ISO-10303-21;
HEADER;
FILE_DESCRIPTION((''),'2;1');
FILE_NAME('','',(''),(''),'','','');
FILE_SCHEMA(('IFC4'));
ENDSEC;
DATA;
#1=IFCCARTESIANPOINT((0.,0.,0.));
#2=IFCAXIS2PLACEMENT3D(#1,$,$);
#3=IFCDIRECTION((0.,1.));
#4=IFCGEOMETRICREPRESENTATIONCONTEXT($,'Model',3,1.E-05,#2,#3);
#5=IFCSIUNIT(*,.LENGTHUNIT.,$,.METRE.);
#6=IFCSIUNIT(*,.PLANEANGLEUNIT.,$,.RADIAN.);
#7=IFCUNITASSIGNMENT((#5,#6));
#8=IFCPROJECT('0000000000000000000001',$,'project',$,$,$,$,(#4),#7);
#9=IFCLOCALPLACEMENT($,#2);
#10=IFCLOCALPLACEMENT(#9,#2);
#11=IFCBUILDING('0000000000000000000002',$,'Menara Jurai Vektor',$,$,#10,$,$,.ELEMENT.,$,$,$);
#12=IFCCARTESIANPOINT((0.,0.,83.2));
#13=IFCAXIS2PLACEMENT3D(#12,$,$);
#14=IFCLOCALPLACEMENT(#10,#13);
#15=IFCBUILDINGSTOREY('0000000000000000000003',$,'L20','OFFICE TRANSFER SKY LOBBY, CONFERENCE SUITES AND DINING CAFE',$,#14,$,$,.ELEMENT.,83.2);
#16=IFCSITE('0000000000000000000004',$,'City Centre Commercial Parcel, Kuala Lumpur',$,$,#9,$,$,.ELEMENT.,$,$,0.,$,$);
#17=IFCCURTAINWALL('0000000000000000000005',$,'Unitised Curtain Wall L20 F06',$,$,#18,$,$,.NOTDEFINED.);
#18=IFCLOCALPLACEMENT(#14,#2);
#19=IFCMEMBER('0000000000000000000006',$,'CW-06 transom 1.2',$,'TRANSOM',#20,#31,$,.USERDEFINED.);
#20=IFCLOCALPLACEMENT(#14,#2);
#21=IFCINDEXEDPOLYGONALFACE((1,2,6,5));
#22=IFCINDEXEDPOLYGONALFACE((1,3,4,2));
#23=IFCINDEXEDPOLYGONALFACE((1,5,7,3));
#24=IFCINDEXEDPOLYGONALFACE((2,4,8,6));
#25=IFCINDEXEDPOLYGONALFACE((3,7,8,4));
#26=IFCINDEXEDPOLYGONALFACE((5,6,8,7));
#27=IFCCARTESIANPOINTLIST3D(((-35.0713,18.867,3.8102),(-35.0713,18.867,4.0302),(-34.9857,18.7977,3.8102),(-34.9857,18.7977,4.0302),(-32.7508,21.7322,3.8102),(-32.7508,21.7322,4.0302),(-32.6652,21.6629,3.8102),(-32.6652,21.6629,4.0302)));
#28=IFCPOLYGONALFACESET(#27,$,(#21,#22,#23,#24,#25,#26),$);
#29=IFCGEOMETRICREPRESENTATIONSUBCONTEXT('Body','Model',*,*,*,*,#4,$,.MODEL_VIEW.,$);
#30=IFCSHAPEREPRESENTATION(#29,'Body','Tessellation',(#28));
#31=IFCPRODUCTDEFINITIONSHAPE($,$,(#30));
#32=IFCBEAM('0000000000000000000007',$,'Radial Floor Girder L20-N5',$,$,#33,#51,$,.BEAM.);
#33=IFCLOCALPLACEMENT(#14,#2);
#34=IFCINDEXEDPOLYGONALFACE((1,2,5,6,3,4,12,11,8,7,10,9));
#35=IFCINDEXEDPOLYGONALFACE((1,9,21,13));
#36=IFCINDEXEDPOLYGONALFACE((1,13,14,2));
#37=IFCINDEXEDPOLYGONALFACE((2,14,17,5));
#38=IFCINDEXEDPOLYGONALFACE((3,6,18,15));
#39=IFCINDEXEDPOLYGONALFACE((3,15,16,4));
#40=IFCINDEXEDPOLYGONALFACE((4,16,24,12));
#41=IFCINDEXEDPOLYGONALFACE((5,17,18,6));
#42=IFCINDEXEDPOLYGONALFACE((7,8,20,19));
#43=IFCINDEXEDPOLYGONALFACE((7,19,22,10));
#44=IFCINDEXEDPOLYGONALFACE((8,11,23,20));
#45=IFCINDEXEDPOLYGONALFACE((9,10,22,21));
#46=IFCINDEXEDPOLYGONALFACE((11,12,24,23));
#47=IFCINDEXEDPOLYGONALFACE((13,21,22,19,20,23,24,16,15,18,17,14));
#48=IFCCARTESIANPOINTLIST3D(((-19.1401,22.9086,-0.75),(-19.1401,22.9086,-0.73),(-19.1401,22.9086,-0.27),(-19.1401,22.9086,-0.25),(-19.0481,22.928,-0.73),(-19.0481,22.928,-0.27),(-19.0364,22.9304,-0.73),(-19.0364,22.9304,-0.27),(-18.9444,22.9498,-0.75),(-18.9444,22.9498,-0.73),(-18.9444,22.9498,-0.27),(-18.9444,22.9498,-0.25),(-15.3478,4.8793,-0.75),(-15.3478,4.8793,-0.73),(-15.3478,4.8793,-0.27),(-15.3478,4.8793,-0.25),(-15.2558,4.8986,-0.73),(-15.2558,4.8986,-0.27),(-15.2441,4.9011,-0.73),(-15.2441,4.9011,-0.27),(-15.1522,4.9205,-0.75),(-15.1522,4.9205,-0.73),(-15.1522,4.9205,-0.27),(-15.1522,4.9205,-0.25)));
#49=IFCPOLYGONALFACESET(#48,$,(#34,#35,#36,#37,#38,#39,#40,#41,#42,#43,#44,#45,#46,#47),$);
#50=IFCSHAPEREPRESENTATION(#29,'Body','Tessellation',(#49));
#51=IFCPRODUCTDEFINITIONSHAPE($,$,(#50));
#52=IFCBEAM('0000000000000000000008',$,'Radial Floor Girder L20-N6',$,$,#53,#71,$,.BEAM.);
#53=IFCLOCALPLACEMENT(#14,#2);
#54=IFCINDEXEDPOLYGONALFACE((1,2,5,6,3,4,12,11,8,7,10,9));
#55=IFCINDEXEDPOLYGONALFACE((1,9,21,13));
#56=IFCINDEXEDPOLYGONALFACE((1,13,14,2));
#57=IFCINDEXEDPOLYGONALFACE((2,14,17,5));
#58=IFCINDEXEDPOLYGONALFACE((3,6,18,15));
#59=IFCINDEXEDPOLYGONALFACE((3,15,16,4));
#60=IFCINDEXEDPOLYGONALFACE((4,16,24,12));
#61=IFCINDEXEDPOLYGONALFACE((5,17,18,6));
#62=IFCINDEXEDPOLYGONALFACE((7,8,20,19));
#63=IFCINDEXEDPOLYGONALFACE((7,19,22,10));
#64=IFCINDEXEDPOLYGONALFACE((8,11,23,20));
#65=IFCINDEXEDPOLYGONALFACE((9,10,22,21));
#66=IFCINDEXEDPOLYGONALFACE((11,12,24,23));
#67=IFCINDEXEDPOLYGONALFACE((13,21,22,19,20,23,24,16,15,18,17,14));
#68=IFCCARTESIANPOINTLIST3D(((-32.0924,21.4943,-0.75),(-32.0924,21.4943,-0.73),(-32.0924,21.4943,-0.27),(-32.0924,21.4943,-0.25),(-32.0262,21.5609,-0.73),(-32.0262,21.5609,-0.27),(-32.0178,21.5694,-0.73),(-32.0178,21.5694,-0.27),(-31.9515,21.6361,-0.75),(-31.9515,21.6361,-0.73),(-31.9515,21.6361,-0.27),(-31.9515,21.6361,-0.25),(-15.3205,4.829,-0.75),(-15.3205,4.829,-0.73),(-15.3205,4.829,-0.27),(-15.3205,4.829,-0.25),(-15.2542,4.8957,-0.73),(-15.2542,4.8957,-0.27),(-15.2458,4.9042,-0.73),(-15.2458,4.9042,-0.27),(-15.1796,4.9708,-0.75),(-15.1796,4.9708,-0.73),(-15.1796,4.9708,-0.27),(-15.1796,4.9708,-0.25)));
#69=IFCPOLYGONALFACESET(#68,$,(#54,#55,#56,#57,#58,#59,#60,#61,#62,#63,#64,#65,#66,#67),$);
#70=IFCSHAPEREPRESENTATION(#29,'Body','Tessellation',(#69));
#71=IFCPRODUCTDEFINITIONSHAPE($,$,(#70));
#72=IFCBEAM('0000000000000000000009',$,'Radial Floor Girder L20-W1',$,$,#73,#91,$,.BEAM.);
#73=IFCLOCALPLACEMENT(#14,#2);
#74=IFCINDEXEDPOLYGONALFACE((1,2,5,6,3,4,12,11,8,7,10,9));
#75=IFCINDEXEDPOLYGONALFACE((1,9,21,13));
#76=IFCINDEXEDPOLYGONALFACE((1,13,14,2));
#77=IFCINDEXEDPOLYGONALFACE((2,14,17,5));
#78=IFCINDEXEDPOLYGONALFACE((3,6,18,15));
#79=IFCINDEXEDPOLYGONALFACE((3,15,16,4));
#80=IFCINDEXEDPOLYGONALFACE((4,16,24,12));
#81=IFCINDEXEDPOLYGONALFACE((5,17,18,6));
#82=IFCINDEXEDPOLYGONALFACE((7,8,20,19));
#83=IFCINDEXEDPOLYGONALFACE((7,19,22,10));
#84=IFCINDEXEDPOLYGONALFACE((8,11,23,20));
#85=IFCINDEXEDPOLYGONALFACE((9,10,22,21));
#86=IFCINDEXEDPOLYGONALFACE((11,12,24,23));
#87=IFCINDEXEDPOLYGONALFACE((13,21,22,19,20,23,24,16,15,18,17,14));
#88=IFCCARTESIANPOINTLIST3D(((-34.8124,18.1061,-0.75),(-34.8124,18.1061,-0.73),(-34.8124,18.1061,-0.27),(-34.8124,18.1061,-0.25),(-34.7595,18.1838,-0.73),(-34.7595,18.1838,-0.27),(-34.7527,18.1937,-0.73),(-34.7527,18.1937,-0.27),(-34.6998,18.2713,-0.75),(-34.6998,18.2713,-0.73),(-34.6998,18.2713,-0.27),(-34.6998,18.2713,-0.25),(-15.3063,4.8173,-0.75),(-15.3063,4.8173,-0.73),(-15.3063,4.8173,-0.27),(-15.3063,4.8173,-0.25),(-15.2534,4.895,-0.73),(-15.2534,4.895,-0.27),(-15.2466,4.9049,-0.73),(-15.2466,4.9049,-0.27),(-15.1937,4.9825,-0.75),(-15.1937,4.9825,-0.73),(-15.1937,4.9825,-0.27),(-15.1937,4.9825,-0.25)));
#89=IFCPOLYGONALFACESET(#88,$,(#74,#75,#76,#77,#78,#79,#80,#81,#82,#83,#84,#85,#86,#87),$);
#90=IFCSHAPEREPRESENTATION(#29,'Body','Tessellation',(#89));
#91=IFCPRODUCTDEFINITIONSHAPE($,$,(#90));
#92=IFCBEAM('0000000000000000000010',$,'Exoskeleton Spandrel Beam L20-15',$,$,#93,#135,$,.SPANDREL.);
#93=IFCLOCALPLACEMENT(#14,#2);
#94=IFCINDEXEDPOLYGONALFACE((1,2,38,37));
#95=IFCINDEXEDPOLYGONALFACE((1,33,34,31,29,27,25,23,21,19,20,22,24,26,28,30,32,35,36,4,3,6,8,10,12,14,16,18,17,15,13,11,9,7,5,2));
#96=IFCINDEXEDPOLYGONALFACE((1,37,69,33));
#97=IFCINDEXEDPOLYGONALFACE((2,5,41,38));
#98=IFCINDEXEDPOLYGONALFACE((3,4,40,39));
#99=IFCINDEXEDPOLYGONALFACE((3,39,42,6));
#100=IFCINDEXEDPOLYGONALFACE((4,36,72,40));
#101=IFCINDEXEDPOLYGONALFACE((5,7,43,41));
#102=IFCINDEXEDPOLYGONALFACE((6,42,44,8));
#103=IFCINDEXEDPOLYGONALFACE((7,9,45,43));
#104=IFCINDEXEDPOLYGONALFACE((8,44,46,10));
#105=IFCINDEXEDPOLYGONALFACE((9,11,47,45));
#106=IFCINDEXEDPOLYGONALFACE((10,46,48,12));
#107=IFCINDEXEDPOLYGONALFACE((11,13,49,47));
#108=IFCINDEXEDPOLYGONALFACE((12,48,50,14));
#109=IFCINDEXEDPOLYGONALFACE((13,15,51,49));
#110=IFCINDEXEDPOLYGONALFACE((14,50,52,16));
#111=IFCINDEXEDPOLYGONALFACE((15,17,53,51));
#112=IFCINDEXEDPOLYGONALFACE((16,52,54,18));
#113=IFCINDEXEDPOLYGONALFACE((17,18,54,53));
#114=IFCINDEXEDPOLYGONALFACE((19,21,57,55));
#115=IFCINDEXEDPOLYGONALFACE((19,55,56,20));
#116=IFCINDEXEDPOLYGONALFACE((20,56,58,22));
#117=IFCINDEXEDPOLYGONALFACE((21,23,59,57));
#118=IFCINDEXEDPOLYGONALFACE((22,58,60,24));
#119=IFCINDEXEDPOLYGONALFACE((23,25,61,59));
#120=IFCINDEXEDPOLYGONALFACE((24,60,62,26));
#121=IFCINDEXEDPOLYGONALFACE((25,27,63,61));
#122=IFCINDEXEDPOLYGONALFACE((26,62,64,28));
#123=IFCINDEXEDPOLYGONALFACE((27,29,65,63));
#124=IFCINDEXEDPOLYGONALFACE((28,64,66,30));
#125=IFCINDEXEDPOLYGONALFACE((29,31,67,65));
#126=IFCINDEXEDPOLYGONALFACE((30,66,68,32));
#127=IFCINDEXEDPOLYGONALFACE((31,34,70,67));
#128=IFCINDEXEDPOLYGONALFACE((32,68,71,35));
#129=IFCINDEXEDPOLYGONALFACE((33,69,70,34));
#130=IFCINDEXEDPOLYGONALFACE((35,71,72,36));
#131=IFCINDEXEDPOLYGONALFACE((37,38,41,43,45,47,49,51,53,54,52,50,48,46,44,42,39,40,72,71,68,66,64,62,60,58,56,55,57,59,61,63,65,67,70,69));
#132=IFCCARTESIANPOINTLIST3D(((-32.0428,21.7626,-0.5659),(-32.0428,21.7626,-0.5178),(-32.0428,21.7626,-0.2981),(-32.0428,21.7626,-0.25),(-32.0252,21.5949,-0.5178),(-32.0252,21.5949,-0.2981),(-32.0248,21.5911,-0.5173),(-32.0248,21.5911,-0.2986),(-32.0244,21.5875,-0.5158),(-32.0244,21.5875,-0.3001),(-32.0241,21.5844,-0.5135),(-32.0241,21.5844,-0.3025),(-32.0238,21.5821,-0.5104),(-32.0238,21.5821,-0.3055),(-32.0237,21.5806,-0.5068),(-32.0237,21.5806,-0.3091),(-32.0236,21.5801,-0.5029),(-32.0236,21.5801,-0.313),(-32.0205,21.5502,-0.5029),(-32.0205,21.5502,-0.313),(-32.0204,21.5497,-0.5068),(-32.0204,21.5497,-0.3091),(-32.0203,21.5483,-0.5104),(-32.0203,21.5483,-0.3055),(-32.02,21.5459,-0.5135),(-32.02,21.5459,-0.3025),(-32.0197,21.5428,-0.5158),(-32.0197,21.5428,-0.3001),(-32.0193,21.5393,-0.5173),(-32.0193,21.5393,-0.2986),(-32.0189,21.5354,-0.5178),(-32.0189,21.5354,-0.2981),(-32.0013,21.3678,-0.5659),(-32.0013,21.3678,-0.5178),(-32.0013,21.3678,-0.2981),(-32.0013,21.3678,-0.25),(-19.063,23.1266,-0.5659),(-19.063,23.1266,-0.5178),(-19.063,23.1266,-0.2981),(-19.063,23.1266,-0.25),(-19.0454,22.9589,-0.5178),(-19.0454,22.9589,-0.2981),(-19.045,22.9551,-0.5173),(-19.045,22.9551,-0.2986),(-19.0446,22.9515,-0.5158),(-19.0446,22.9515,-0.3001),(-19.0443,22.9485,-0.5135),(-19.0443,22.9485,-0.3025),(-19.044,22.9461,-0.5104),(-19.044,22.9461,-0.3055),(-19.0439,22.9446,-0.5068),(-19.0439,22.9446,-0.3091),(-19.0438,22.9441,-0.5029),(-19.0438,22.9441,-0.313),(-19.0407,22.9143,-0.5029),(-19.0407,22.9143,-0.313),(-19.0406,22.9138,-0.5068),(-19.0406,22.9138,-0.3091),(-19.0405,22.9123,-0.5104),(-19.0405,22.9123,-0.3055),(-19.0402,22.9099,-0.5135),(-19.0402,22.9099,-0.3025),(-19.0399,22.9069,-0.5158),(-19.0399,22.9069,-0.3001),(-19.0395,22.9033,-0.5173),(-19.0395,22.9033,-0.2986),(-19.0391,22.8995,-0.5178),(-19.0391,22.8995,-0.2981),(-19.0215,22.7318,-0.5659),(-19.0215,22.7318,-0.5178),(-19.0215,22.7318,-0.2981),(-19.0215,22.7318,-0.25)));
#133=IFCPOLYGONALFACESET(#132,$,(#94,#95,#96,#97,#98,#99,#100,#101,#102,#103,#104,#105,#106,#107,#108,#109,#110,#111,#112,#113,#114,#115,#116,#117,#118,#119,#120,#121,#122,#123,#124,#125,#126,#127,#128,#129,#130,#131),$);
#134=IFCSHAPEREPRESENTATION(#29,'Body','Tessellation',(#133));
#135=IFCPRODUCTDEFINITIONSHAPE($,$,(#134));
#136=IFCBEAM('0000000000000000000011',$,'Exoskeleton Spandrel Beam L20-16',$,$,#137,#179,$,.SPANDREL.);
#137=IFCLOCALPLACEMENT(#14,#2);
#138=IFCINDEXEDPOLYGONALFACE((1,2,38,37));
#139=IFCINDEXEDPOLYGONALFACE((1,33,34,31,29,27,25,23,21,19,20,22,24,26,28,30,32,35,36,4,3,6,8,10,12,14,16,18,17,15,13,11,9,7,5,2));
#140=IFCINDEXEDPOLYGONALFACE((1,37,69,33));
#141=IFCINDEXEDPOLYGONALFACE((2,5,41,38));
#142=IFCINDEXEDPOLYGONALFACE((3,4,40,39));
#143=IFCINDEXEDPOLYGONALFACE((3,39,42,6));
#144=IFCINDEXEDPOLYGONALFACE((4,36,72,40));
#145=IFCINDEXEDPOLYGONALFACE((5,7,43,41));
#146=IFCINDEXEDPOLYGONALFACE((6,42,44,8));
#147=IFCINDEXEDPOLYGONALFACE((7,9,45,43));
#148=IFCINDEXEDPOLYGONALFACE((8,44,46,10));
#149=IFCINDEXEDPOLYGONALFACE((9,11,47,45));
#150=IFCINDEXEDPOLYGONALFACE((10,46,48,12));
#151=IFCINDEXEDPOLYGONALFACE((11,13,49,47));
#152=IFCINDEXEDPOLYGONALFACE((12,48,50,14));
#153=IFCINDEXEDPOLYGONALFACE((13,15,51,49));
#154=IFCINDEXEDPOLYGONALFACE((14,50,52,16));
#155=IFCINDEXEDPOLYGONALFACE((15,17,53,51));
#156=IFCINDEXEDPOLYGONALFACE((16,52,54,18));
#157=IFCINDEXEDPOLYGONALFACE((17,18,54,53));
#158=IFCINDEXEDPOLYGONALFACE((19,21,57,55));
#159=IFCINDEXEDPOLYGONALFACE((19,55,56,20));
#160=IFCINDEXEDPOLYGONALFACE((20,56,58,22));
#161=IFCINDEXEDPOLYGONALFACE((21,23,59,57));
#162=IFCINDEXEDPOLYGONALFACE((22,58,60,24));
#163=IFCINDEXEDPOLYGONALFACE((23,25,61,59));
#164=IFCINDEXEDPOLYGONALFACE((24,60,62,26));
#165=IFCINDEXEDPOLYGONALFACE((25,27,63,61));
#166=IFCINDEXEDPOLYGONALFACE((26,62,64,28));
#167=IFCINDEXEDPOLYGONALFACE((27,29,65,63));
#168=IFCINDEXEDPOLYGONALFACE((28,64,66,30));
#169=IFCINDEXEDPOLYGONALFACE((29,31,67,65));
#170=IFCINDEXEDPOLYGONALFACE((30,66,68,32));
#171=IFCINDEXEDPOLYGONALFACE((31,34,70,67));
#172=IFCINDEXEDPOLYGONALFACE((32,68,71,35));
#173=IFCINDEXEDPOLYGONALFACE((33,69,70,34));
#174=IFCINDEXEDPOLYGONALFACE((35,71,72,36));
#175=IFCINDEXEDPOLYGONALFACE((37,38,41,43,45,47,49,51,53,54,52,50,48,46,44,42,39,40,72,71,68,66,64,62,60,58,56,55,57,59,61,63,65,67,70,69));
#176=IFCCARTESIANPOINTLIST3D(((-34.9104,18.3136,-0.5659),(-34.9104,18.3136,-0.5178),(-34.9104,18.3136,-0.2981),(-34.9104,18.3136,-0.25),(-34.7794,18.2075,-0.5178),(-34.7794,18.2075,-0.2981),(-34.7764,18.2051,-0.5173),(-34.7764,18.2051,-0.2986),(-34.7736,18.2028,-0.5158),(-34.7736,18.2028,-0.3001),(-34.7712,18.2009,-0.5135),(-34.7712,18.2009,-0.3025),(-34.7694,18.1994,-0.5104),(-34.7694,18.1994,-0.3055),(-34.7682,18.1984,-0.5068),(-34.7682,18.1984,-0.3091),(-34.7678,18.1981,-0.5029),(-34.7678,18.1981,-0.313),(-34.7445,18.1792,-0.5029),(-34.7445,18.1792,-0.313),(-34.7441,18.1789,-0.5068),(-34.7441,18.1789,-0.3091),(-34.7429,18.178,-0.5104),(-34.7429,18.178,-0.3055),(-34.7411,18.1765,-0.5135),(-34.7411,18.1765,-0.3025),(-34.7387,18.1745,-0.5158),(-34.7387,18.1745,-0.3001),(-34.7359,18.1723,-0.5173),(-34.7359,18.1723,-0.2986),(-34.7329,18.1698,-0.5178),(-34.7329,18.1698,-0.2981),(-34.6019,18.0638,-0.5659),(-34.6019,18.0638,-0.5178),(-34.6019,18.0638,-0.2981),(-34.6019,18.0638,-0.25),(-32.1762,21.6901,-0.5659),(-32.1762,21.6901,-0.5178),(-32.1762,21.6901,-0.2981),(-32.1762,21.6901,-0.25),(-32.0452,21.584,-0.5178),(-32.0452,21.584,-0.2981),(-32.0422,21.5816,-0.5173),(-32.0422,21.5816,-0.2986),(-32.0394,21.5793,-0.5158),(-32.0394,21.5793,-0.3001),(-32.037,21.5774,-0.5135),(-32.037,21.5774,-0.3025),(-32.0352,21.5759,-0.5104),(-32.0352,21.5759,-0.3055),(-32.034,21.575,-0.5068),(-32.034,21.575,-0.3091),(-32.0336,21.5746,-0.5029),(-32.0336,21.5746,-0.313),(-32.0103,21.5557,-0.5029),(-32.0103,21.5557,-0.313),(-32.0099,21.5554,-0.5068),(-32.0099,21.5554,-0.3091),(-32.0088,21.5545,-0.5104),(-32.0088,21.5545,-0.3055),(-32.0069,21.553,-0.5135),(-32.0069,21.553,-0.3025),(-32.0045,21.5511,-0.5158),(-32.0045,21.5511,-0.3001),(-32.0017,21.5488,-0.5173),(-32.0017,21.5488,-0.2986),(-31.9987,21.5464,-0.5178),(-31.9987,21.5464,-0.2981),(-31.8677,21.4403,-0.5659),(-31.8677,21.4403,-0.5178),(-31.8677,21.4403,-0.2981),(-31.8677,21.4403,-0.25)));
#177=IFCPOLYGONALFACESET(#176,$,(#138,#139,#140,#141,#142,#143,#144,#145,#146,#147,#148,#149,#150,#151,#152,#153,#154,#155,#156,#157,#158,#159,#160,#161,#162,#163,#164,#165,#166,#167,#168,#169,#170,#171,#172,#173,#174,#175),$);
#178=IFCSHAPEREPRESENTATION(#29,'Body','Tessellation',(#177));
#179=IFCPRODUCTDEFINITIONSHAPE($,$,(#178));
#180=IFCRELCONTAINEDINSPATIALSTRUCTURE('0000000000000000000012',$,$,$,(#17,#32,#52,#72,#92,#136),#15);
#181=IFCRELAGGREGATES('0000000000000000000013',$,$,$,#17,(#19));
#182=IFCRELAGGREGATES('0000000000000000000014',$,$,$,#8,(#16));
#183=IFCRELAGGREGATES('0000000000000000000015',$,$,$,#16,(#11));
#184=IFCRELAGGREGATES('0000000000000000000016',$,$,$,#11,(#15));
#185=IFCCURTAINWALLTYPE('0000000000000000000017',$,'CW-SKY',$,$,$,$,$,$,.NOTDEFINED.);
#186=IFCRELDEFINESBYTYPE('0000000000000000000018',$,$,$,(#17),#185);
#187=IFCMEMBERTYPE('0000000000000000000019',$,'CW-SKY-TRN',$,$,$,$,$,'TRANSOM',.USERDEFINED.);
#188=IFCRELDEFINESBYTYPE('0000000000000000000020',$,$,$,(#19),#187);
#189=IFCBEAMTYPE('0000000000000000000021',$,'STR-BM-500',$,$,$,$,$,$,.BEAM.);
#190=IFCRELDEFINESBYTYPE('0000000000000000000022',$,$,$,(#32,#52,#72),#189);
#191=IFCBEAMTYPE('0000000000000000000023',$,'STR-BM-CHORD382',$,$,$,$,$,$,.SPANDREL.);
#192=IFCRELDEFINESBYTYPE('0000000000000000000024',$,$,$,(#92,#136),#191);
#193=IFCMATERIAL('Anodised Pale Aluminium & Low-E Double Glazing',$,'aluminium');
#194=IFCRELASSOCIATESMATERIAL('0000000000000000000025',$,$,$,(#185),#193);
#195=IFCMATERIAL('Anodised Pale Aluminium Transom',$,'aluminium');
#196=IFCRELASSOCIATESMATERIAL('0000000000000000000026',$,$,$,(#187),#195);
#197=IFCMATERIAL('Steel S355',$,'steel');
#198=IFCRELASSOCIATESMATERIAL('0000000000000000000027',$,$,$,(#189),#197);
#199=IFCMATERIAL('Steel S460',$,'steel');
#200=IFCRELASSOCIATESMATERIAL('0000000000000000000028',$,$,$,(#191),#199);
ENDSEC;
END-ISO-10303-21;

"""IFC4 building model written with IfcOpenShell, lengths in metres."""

from ifc_helpers import new_model, si_unit, direction, frame, origin, origin_2d, place, context, subcontext, project, spatial, rectangle, i_section, extrude, material, material_profile, profile_set, type_object, element, aggregate, save


model = new_model("IFC4")

# Units and contexts
model_context = context("Model", 3, precision=1e-05, world=origin(), true_north=direction((0.0, 1.0)))
body_context = subcontext(model_context, "Body", "Model", "MODEL_VIEW")
ifc_project = project(units=[si_unit("LENGTHUNIT", "METRE"), si_unit("PLANEANGLEUNIT", "RADIAN")], contexts=[model_context])

# Site, building, storey
site_placement = place(None, origin())
site = spatial("IfcSite", under=ifc_project, at=site_placement, Name="City Centre Commercial Parcel, Kuala Lumpur", CompositionType="ELEMENT", RefElevation=0.0)
building_placement = place(site_placement, origin())
building = spatial("IfcBuilding", under=site, at=building_placement, Name="Menara Jurai Vektor", CompositionType="ELEMENT")
storey_placement = place(building_placement, frame((0.0, 0.0, 83.2)))
storey = spatial("IfcBuildingStorey", under=building, at=storey_placement, Name="L20", Description="OFFICE TRANSFER SKY LOBBY, CONFERENCE SUITES AND DINING CAFE", CompositionType="ELEMENT", Elevation=83.2)

# Shared definitions
ifc_material_1 = material(Name="Steel S460", Category="steel")

# Curtain wall
ifc_material_2 = material(Name="Anodised Pale Aluminium & Low-E Double Glazing", Category="aluminium")
curtain_wall_type = type_object("IfcCurtainWallType", Name="CW-SKY", PredefinedType="NOTDEFINED", material=ifc_material_2)
curtain_wall_1_placement = place(storey_placement, origin())
curtain_wall_1 = element("IfcCurtainWall", 1, at=curtain_wall_1_placement, inside=storey, type_object=curtain_wall_type, Name="Unitised Curtain Wall L20 F06", PredefinedType="NOTDEFINED")

# Member
ifc_material_3 = material(Name="Anodised Pale Aluminium Transom", Category="aluminium")
ifc_material_profile_1 = material_profile(ifc_material_3, rectangle(XDim=0.1101, YDim=0.22, at=origin_2d()), Name="ALU TRN 110x220")
ifc_profile_set_1 = profile_set([ifc_material_profile_1], Name="Anodised Pale Aluminium Transom")
member_type_1 = type_object("IfcMemberType", Name="CW-SKY-TRN", ElementType="TRANSOM", PredefinedType="USERDEFINED", material=ifc_profile_set_1)
member_1_placement = place(storey_placement, frame((-32.708, 21.6975, 3.9202), z_axis=(-0.629375, -0.777101, 0.0), x_axis=(0.777101, -0.629375, 0.0)))
member_1 = element("IfcMember", 2, at=member_1_placement, type_object=member_type_1, Name="CW-06 transom 1.2", ObjectType="TRANSOM", PredefinedType="USERDEFINED", context=body_context, shape_type="SweptSolid", body=[
    extrude(rectangle(XDim=0.1101, YDim=0.22, at=origin_2d()), origin(), (0.0, 0.0, 1.0), 3.687),
])

# Beams
ifc_material_4 = material(Name="Steel S355", Category="steel")
ifc_material_profile_2 = material_profile(ifc_material_4, i_section(OverallWidth=0.2, OverallDepth=0.5, WebThickness=0.012, FlangeThickness=0.02, at=origin_2d()), Name="PG 500x200x96")
ifc_profile_set_2 = profile_set([ifc_material_profile_2], Name="Steel S355")
beam_type_1 = type_object("IfcBeamType", Name="STR-BM-500", PredefinedType="BEAM", material=ifc_profile_set_2)
beam_1_placement = place(storey_placement, frame((-19.0422, 22.9292, -0.5), z_axis=(0.205833, -0.978587, 0.0), x_axis=(0.978587, 0.205833, 0.0)))
element("IfcBeam", 3, at=beam_1_placement, inside=storey, type_object=beam_type_1, Name="Radial Floor Girder L20-N5", PredefinedType="BEAM", context=body_context, shape_type="SweptSolid", body=[
    extrude(i_section(OverallWidth=0.2, OverallDepth=0.5, WebThickness=0.012, FlangeThickness=0.02, at=origin_2d()), origin(), (0.0, 0.0, 1.0), 18.4238),
])
beam_2_placement = place(storey_placement, frame((-32.022, 21.5652, -0.5), z_axis=(0.709359, -0.704847, 0.0), x_axis=(0.704847, 0.709359, 0.0)))
element("IfcBeam", 4, at=beam_2_placement, inside=storey, type_object=beam_type_1, Name="Radial Floor Girder L20-N6", PredefinedType="BEAM", context=body_context, shape_type="SweptSolid", body=[
    extrude(i_section(OverallWidth=0.2, OverallDepth=0.5, WebThickness=0.012, FlangeThickness=0.02, at=origin_2d()), origin(), (0.0, 0.0, 1.0), 23.6438),
])
beam_3_placement = place(storey_placement, frame((-34.7561, 18.1887, -0.5), z_axis=(0.82644, -0.563024, 0.0), x_axis=(0.563024, 0.82644, 0.0)))
element("IfcBeam", 5, at=beam_3_placement, inside=storey, type_object=beam_type_1, Name="Radial Floor Girder L20-W1", PredefinedType="BEAM", context=body_context, shape_type="SweptSolid", body=[
    extrude(i_section(OverallWidth=0.2, OverallDepth=0.5, WebThickness=0.012, FlangeThickness=0.02, at=origin_2d()), origin(), (0.0, 0.0, 1.0), 23.6025),
])
ifc_material_profile_3 = material_profile(ifc_material_1, i_section(OverallWidth=0.397, OverallDepth=0.3159, WebThickness=0.03, FlangeThickness=0.0481, FilletRadius=0.0149, at=origin_2d()), Name="HD 400x382")
ifc_profile_set_3 = profile_set([ifc_material_profile_3], Name="Steel S460")
beam_type_2 = type_object("IfcBeamType", Name="STR-BM-CHORD382", PredefinedType="SPANDREL", material=ifc_profile_set_3)
beam_4_placement = place(storey_placement, frame((-19.0422, 22.9292, -0.408), z_axis=(-0.994524, -0.104512, 0.0), x_axis=(0.104512, -0.994524, 0.0)))
element("IfcBeam", 6, at=beam_4_placement, inside=storey, type_object=beam_type_2, Name="Exoskeleton Spandrel Beam L20-15", PredefinedType="SPANDREL", context=body_context, shape_type="SweptSolid", body=[
    extrude(i_section(OverallWidth=0.397, OverallDepth=0.3159, WebThickness=0.03, FlangeThickness=0.0481, FilletRadius=0.0149, at=origin_2d()), origin(), (0.0, 0.0, 1.0), 13.0513),
])
beam_5_placement = place(storey_placement, frame((-32.022, 21.5652, -0.408), z_axis=(-0.62931, -0.777155, 0.0), x_axis=(0.777155, -0.62931, 0.0)))
element("IfcBeam", 7, at=beam_5_placement, inside=storey, type_object=beam_type_2, Name="Exoskeleton Spandrel Beam L20-16", PredefinedType="SPANDREL", context=body_context, shape_type="SweptSolid", body=[
    extrude(i_section(OverallWidth=0.397, OverallDepth=0.3159, WebThickness=0.03, FlangeThickness=0.0481, FilletRadius=0.0149, at=origin_2d()), origin(), (0.0, 0.0, 1.0), 4.3447),
])

aggregate(curtain_wall_1, [member_1])

save(model, "model.ifc")
